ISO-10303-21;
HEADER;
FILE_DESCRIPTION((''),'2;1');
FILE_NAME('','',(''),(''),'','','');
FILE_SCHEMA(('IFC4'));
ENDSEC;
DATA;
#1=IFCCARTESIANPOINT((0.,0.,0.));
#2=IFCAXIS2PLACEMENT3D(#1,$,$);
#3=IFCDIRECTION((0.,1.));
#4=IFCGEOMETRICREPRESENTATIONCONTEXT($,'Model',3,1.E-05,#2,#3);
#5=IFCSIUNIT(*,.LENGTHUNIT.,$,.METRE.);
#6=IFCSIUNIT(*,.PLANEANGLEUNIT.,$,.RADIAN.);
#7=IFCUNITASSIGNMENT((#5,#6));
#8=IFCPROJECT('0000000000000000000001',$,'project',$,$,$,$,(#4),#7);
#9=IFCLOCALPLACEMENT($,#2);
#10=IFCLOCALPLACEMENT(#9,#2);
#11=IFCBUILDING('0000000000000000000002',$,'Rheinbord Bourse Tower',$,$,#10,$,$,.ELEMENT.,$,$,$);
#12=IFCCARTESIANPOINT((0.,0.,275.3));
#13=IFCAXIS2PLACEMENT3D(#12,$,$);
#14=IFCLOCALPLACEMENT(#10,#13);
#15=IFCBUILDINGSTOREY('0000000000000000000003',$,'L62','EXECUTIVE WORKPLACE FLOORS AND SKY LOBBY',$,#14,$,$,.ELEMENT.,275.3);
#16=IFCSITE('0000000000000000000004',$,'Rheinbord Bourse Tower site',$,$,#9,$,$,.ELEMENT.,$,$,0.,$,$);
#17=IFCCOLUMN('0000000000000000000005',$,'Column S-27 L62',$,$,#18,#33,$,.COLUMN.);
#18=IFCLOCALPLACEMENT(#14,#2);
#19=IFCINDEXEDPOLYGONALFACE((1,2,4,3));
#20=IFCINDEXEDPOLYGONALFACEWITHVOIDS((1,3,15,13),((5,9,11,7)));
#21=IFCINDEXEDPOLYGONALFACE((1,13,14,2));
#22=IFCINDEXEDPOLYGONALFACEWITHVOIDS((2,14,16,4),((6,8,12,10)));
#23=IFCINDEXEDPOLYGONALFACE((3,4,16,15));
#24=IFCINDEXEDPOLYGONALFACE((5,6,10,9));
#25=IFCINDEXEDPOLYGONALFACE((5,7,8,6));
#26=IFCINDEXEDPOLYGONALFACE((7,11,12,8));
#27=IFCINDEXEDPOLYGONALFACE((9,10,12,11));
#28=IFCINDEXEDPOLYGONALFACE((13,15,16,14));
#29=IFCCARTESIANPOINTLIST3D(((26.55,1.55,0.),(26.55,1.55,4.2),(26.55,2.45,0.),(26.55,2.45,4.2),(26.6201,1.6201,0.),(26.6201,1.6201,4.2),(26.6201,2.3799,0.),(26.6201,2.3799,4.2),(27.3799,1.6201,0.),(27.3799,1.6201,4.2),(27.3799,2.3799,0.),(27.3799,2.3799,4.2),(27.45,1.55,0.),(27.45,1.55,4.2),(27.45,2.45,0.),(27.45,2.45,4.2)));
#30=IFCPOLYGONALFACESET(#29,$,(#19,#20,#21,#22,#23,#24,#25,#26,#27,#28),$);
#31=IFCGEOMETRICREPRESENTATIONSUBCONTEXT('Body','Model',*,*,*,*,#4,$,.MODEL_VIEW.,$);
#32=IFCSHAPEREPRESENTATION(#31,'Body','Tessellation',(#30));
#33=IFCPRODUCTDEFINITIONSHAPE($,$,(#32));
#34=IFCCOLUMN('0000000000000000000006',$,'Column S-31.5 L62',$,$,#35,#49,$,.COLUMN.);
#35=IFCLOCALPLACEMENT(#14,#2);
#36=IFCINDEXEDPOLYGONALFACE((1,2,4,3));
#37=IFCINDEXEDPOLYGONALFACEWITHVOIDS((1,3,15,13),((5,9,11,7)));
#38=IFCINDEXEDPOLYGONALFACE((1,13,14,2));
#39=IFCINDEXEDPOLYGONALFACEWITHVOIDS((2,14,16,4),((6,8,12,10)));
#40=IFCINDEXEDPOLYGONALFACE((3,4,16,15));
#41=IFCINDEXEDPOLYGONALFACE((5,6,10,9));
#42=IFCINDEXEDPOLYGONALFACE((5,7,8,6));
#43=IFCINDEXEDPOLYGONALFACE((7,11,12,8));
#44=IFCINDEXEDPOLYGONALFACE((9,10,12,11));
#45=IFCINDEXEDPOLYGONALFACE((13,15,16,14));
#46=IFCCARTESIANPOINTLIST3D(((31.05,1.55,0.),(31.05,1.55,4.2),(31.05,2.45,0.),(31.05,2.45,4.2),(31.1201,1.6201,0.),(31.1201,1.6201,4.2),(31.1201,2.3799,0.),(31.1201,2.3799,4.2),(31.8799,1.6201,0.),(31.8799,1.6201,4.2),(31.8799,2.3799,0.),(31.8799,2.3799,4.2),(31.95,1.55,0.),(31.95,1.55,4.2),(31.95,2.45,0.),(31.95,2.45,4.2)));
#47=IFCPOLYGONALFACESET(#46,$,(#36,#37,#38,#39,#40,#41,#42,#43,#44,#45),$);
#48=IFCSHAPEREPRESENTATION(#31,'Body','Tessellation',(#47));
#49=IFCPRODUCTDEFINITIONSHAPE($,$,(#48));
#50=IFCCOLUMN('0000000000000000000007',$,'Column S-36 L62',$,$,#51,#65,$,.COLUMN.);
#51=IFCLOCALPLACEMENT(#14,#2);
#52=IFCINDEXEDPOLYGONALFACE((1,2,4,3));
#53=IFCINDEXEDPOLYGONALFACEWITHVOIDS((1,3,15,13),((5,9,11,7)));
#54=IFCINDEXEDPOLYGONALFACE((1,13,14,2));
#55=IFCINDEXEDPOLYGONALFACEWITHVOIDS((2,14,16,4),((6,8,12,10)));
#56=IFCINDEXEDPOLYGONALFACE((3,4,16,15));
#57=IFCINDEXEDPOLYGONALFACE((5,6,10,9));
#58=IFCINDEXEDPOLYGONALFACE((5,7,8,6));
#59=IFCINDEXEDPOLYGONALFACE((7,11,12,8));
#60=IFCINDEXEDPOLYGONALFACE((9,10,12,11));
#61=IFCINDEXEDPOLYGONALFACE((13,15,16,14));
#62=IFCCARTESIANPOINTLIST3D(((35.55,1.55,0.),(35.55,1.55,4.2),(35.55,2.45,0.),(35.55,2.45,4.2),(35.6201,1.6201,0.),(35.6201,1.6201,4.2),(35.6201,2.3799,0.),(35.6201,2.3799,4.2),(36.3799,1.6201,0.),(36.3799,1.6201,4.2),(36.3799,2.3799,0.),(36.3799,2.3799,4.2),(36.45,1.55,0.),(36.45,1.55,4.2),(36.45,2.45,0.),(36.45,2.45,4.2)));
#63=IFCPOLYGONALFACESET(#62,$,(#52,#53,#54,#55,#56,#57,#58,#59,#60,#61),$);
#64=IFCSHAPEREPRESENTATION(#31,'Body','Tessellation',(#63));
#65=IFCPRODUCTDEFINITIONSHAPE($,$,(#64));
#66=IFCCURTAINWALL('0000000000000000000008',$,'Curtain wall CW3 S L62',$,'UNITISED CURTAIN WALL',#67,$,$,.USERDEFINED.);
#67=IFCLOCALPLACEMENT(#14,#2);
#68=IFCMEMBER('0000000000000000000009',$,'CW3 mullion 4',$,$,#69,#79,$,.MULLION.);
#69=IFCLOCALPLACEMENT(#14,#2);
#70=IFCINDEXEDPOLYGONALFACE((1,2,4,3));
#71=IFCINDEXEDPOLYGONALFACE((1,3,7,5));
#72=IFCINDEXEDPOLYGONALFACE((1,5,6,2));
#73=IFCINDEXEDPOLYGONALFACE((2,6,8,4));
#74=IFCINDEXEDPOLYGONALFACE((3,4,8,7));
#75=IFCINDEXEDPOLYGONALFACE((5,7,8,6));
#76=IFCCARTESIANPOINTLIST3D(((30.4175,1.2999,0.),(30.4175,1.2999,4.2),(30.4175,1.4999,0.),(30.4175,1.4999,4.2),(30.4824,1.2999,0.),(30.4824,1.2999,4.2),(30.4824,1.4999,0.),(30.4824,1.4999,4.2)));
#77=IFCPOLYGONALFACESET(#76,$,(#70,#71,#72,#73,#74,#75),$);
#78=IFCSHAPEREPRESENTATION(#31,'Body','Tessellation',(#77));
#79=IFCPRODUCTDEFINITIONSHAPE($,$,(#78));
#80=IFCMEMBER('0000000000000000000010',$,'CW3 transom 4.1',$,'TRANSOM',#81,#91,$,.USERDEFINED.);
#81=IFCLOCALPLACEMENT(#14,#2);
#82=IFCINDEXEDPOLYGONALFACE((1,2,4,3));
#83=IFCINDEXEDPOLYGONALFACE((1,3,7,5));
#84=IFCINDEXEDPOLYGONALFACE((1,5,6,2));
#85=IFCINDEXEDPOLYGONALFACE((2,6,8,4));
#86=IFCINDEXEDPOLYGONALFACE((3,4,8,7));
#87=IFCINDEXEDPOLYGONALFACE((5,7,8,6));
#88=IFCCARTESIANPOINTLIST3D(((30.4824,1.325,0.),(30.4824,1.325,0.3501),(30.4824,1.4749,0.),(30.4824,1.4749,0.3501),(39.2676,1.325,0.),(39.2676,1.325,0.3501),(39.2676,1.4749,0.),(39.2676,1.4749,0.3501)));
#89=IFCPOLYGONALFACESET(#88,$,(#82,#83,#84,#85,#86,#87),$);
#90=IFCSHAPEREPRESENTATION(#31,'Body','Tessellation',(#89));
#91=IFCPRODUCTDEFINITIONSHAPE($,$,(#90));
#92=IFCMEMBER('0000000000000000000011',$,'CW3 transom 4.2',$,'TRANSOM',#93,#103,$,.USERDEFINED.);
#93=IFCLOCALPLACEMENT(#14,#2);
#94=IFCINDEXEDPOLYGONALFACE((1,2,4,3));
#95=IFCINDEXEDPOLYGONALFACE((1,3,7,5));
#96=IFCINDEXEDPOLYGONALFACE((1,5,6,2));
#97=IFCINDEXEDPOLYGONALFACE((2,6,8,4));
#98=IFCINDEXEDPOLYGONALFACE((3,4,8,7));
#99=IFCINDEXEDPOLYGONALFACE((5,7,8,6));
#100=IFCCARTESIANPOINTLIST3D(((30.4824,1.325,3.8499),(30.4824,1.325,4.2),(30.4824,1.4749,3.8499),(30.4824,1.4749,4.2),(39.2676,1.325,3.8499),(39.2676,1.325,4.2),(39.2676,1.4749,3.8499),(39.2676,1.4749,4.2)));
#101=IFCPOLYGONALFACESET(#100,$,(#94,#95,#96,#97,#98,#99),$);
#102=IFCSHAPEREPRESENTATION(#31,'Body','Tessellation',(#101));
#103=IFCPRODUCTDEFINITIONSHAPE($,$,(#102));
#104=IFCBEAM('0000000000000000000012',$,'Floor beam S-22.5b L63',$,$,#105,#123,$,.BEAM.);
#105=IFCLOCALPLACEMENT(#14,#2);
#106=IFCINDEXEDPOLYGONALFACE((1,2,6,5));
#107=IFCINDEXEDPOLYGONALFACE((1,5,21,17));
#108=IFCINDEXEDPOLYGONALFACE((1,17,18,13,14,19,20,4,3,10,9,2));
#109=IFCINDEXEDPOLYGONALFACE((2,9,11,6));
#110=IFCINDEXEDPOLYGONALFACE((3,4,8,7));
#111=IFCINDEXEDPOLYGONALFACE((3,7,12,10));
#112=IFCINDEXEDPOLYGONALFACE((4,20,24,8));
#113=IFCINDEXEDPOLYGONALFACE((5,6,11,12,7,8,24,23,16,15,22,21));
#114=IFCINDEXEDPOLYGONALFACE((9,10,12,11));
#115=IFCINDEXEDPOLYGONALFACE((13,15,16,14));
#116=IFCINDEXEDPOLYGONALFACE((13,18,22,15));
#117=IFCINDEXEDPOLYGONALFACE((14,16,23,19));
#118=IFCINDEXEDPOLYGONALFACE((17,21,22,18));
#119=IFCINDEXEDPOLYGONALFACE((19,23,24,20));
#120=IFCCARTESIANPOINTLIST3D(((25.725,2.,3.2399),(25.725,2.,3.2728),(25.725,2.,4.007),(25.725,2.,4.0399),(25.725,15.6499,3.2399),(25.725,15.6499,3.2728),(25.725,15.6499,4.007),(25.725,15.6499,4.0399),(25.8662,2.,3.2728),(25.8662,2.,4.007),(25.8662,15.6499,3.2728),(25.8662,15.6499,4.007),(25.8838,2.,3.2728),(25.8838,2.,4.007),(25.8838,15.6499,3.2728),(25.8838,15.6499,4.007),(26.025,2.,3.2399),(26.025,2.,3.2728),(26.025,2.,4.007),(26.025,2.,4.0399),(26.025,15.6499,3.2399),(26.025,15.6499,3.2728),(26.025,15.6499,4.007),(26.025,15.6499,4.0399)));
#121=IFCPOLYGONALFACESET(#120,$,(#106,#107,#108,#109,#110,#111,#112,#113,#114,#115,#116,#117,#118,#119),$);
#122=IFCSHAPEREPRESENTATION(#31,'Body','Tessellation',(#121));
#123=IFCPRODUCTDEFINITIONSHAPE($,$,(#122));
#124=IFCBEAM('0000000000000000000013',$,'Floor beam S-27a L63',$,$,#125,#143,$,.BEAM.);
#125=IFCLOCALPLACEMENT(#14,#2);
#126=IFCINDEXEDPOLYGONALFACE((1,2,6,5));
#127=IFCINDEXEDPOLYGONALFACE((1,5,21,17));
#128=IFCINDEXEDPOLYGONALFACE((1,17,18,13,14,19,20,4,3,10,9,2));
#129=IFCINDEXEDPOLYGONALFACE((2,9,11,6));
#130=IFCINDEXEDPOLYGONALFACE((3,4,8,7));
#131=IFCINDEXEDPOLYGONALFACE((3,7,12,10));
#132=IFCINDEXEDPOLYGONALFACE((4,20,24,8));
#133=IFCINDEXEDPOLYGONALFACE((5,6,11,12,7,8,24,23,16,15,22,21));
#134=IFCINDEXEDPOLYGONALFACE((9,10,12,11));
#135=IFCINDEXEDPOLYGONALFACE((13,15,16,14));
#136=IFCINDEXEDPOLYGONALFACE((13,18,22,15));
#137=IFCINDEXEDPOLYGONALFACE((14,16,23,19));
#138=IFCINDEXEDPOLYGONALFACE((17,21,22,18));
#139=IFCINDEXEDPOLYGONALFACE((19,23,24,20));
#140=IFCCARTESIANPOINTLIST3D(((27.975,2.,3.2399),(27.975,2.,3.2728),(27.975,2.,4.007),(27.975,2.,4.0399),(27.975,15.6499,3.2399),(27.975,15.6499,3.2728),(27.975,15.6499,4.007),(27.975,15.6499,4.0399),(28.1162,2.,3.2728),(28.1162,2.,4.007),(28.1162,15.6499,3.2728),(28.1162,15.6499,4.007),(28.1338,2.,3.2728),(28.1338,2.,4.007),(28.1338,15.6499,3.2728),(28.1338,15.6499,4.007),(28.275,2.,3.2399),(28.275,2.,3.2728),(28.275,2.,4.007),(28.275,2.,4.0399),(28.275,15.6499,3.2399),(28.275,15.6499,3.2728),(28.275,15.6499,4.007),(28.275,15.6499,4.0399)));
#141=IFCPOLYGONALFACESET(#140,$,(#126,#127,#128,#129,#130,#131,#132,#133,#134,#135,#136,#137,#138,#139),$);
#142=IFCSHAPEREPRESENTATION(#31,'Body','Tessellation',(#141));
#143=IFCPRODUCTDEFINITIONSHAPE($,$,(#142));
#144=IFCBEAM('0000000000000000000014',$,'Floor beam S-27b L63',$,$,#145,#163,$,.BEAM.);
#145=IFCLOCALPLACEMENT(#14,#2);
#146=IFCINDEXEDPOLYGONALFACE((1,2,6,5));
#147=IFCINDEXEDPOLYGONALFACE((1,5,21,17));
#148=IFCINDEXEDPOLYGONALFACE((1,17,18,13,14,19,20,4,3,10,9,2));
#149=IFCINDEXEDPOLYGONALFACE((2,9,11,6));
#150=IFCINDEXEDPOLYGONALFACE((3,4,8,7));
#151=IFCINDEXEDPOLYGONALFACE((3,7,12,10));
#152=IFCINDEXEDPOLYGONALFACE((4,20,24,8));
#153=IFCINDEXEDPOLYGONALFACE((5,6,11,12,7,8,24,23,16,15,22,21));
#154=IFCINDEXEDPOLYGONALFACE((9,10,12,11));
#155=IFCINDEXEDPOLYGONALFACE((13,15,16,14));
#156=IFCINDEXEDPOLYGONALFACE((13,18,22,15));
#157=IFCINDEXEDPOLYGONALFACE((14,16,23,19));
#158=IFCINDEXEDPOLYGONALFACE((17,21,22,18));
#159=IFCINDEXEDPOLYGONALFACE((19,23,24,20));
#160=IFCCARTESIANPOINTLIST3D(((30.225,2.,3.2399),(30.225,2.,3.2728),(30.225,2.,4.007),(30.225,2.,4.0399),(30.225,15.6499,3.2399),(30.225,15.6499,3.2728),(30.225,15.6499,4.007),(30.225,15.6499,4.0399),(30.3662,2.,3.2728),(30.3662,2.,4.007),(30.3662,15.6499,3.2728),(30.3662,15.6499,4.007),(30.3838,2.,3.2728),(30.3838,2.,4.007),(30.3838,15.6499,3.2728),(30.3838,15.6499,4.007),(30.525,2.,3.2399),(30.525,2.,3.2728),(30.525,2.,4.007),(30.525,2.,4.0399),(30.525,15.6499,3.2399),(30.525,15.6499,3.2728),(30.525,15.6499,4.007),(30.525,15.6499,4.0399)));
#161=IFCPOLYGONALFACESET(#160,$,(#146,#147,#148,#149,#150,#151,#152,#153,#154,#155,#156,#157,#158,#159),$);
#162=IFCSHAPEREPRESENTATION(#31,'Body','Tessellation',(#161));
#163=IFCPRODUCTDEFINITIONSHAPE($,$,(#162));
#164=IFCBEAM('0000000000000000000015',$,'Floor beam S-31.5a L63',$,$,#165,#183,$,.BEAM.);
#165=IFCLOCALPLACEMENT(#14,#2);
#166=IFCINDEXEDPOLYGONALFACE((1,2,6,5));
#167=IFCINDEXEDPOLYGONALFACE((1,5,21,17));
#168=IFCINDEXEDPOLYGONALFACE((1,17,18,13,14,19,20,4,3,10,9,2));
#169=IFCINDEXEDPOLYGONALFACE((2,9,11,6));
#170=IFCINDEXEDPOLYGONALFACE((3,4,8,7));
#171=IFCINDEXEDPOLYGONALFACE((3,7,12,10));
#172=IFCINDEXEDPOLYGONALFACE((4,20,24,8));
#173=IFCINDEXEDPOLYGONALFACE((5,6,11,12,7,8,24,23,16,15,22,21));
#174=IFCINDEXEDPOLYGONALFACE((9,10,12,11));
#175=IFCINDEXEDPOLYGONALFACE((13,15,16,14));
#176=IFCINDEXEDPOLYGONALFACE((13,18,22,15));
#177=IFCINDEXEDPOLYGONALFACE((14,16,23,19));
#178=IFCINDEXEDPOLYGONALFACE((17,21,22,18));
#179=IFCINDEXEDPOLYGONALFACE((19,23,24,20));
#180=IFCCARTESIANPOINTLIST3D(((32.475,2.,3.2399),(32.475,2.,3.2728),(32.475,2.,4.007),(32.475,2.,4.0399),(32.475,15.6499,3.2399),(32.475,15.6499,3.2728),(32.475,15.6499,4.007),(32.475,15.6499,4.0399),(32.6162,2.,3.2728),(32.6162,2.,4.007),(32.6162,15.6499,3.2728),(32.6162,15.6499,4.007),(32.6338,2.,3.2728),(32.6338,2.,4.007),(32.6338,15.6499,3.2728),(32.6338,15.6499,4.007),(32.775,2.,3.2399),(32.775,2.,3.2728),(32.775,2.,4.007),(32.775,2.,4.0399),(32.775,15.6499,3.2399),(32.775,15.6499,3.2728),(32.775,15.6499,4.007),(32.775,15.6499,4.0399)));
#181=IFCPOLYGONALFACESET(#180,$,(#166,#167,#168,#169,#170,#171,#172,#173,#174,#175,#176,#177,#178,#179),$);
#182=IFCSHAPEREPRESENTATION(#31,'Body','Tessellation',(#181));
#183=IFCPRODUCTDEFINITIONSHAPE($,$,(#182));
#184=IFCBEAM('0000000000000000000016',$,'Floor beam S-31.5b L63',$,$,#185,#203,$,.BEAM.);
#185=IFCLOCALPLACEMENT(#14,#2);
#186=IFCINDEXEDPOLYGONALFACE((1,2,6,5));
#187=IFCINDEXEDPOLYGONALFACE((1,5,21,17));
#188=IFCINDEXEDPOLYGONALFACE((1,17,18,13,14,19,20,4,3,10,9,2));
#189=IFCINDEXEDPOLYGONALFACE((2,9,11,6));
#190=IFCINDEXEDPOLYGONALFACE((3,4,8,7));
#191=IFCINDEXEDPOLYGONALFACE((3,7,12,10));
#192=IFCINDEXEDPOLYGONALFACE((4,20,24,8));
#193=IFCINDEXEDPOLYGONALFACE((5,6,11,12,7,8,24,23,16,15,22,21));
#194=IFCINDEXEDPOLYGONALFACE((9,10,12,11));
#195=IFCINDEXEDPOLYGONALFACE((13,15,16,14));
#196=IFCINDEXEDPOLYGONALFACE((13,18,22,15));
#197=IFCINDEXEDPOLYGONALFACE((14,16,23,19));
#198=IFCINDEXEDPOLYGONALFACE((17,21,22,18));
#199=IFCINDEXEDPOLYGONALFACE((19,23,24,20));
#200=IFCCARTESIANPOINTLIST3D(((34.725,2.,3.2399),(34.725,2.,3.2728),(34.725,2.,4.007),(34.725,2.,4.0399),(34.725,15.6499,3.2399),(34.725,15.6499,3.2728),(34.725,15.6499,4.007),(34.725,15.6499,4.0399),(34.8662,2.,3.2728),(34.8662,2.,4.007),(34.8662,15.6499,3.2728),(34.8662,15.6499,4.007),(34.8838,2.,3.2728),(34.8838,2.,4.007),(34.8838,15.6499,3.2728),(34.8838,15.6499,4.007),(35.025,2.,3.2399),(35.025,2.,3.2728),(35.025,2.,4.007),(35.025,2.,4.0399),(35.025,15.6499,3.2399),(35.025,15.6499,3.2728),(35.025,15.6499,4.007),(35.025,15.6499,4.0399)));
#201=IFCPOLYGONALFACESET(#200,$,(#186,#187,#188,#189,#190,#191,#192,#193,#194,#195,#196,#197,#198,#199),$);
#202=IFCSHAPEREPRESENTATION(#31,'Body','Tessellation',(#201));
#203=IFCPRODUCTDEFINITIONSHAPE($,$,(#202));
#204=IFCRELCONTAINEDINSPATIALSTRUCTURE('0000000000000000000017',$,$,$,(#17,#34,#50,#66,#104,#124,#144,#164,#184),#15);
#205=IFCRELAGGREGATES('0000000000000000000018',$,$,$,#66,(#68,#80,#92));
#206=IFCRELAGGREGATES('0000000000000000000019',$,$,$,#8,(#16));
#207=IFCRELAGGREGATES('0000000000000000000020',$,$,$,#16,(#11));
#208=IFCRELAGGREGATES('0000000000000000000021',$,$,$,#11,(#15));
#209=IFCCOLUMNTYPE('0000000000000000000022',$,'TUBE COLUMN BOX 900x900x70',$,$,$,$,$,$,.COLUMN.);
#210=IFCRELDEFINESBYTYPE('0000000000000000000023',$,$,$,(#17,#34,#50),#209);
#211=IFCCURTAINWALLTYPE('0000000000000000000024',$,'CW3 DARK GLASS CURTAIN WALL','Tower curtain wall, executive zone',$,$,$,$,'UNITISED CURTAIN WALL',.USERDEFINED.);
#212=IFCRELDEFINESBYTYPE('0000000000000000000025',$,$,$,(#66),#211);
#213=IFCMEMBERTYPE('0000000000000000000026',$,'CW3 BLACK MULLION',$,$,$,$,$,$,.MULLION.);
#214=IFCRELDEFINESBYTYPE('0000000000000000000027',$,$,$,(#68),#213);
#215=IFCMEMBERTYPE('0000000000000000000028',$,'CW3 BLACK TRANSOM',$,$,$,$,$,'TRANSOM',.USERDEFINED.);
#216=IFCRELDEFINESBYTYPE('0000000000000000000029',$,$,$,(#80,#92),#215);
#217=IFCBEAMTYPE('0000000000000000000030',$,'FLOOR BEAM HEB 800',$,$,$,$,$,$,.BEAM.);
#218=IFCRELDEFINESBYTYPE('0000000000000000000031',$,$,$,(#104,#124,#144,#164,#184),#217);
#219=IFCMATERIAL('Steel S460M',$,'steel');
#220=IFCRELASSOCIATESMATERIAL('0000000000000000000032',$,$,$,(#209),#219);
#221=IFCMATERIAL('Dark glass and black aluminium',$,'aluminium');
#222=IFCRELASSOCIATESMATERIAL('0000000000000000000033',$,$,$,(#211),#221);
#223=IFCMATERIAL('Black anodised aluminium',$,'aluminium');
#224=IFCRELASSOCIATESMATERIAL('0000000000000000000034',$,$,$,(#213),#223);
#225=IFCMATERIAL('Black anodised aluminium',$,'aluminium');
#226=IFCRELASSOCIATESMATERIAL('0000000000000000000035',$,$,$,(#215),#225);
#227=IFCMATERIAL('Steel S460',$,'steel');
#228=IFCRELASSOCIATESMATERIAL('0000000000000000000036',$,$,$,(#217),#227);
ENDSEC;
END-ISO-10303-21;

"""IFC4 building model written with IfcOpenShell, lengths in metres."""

from ifc_helpers import new_model, si_unit, direction, frame, origin, origin_2d, place, context, subcontext, project, spatial, rectangle, hollow_rectangle, i_section, extrude, material, material_profile, profile_set, type_object, element, aggregate, save


model = new_model("IFC4")

# Units and contexts
model_context = context("Model", 3, precision=1e-05, world=origin(), true_north=direction((0.0, 1.0)))
body_context = subcontext(model_context, "Body", "Model", "MODEL_VIEW")
ifc_project = project(units=[si_unit("LENGTHUNIT", "METRE"), si_unit("PLANEANGLEUNIT", "RADIAN")], contexts=[model_context])

# Site, building, storey
site_placement = place(None, origin())
site = spatial("IfcSite", under=ifc_project, at=site_placement, Name="Rheinbord Bourse Tower site", CompositionType="ELEMENT", RefElevation=0.0)
building_placement = place(site_placement, origin())
building = spatial("IfcBuilding", under=site, at=building_placement, Name="Rheinbord Bourse Tower", CompositionType="ELEMENT")
storey_placement = place(building_placement, frame((0.0, 0.0, 275.3)))
storey = spatial("IfcBuildingStorey", under=building, at=storey_placement, Name="L62", Description="EXECUTIVE WORKPLACE FLOORS AND SKY LOBBY", CompositionType="ELEMENT", Elevation=275.3)

# Columns
ifc_material_1 = material(Name="Steel S460M", Category="steel")
ifc_material_profile_1 = material_profile(ifc_material_1, hollow_rectangle(XDim=0.8999, YDim=0.8999, WallThickness=0.0701, at=origin_2d()), Name="BOX 900x900x70")
ifc_profile_set_1 = profile_set([ifc_material_profile_1], Name="Steel S460M")
column_type = type_object("IfcColumnType", Name="TUBE COLUMN BOX 900x900x70", PredefinedType="COLUMN", material=ifc_profile_set_1)
for number, where, z_axis, x_axis, name in (
    (1, (27.0, 2.0, 0.0), (0.0, 0.0, 1.0), (0.0, 1.0, 0.0), "Column S-27 L62"),
    (2, (31.5, 2.0, 0.0), (0.0, 0.0, 1.0), (0.0, 1.0, 0.0), "Column S-31.5 L62"),
    (3, (36.0, 2.0, 0.0), (0.0, 0.0, 1.0), (0.0, 1.0, 0.0), "Column S-36 L62"),
):
    element("IfcColumn", number, at=place(storey_placement, frame(where, z_axis=z_axis, x_axis=x_axis)), inside=storey, type_object=column_type, Name=name, PredefinedType="COLUMN", context=body_context, shape_type="SweptSolid", body=[
        extrude(hollow_rectangle(XDim=0.8999, YDim=0.8999, WallThickness=0.0701, at=origin_2d()), origin(), (0.0, 0.0, 1.0), 4.2),
    ])

# Curtain wall, members
ifc_material_2 = material(Name="Dark glass and black aluminium", Category="aluminium")
curtain_wall_type = type_object("IfcCurtainWallType", Name="CW3 DARK GLASS CURTAIN WALL", Description="Tower curtain wall, executive zone", ElementType="UNITISED CURTAIN WALL", PredefinedType="USERDEFINED", material=ifc_material_2)
curtain_wall_placement = place(storey_placement, origin())
curtain_wall = element("IfcCurtainWall", 4, at=curtain_wall_placement, inside=storey, type_object=curtain_wall_type, Name="Curtain wall CW3 S L62", ObjectType="UNITISED CURTAIN WALL", PredefinedType="USERDEFINED")
ifc_material_3 = material(Name="Black anodised aluminium", Category="aluminium")
ifc_material_profile_2 = material_profile(ifc_material_3, rectangle(XDim=0.2, YDim=0.0649, at=origin_2d()), Name="CW3 MULLION 65x200")
ifc_profile_set_2 = profile_set([ifc_material_profile_2], Name="Black anodised aluminium")
member_type_1 = type_object("IfcMemberType", Name="CW3 BLACK MULLION", PredefinedType="MULLION", material=ifc_profile_set_2)
member_1_placement = place(storey_placement, frame((30.45, 1.3999, 0.0), z_axis=(0.0, 0.0, 1.0), x_axis=(0.0, 1.0, 0.0)))
member_1 = element("IfcMember", 5, at=member_1_placement, type_object=member_type_1, Name="CW3 mullion 4", PredefinedType="MULLION", context=body_context, shape_type="SweptSolid", body=[
    extrude(rectangle(XDim=0.2, YDim=0.0649, at=origin_2d()), origin(), (0.0, 0.0, 1.0), 4.2),
])
ifc_material_4 = material(Name="Black anodised aluminium", Category="aluminium")
ifc_material_profile_3 = material_profile(ifc_material_4, rectangle(XDim=0.1499, YDim=0.3501, at=origin_2d()), Name="CW3 TRANSOM 350x150")
ifc_profile_set_3 = profile_set([ifc_material_profile_3], Name="Black anodised aluminium")
member_type_2 = type_object("IfcMemberType", Name="CW3 BLACK TRANSOM", ElementType="TRANSOM", PredefinedType="USERDEFINED", material=ifc_profile_set_3)
member_2_placement = place(storey_placement, frame((30.4824, 1.3999, 0.175), z_axis=(1.0, 0.0, 0.0), x_axis=(0.0, 1.0, 0.0)))
member_2 = element("IfcMember", 6, at=member_2_placement, type_object=member_type_2, Name="CW3 transom 4.1", ObjectType="TRANSOM", PredefinedType="USERDEFINED", context=body_context, shape_type="SweptSolid", body=[
    extrude(rectangle(XDim=0.1499, YDim=0.3501, at=origin_2d()), origin(), (0.0, 0.0, 1.0), 8.7852),
])
member_3_placement = place(storey_placement, frame((30.4824, 1.3999, 4.0249), z_axis=(1.0, 0.0, 0.0), x_axis=(0.0, 1.0, 0.0)))
member_3 = element("IfcMember", 7, at=member_3_placement, type_object=member_type_2, Name="CW3 transom 4.2", ObjectType="TRANSOM", PredefinedType="USERDEFINED", context=body_context, shape_type="SweptSolid", body=[
    extrude(rectangle(XDim=0.1499, YDim=0.3501, at=origin_2d()), origin(), (0.0, 0.0, 1.0), 8.7852),
])

# Beams
ifc_material_5 = material(Name="Steel S460", Category="steel")
ifc_material_profile_4 = material_profile(ifc_material_5, i_section(OverallWidth=0.3, OverallDepth=0.8, WebThickness=0.0176, FlangeThickness=0.033, at=origin_2d()), Name="HEB 800")
ifc_profile_set_4 = profile_set([ifc_material_profile_4], Name="Steel S460")
beam_type_1 = type_object("IfcBeamType", Name="FLOOR BEAM HEB 800", PredefinedType="BEAM", material=ifc_profile_set_4)
for number, where, z_axis, x_axis, name in (
    (8, (25.875, 2.0, 3.6399), (0.0, 1.0, 0.0), (-1.0, 0.0, 0.0), "Floor beam S-22.5b L63"),
    (9, (28.125, 2.0, 3.6399), (0.0, 1.0, 0.0), (-1.0, 0.0, 0.0), "Floor beam S-27a L63"),
    (10, (30.375, 2.0, 3.6399), (0.0, 1.0, 0.0), (-1.0, 0.0, 0.0), "Floor beam S-27b L63"),
    (11, (32.625, 2.0, 3.6399), (0.0, 1.0, 0.0), (-1.0, 0.0, 0.0), "Floor beam S-31.5a L63"),
    (12, (34.875, 2.0, 3.6399), (0.0, 1.0, 0.0), (-1.0, 0.0, 0.0), "Floor beam S-31.5b L63"),
):
    element("IfcBeam", number, at=place(storey_placement, frame(where, z_axis=z_axis, x_axis=x_axis)), inside=storey, type_object=beam_type_1, Name=name, PredefinedType="BEAM", context=body_context, shape_type="SweptSolid", body=[
        extrude(i_section(OverallWidth=0.3, OverallDepth=0.8, WebThickness=0.0176, FlangeThickness=0.033, at=origin_2d()), origin(), (0.0, 0.0, 1.0), 13.6499),
    ])

aggregate(curtain_wall, [member_1, member_2, member_3])

save(model, "model.ifc")
